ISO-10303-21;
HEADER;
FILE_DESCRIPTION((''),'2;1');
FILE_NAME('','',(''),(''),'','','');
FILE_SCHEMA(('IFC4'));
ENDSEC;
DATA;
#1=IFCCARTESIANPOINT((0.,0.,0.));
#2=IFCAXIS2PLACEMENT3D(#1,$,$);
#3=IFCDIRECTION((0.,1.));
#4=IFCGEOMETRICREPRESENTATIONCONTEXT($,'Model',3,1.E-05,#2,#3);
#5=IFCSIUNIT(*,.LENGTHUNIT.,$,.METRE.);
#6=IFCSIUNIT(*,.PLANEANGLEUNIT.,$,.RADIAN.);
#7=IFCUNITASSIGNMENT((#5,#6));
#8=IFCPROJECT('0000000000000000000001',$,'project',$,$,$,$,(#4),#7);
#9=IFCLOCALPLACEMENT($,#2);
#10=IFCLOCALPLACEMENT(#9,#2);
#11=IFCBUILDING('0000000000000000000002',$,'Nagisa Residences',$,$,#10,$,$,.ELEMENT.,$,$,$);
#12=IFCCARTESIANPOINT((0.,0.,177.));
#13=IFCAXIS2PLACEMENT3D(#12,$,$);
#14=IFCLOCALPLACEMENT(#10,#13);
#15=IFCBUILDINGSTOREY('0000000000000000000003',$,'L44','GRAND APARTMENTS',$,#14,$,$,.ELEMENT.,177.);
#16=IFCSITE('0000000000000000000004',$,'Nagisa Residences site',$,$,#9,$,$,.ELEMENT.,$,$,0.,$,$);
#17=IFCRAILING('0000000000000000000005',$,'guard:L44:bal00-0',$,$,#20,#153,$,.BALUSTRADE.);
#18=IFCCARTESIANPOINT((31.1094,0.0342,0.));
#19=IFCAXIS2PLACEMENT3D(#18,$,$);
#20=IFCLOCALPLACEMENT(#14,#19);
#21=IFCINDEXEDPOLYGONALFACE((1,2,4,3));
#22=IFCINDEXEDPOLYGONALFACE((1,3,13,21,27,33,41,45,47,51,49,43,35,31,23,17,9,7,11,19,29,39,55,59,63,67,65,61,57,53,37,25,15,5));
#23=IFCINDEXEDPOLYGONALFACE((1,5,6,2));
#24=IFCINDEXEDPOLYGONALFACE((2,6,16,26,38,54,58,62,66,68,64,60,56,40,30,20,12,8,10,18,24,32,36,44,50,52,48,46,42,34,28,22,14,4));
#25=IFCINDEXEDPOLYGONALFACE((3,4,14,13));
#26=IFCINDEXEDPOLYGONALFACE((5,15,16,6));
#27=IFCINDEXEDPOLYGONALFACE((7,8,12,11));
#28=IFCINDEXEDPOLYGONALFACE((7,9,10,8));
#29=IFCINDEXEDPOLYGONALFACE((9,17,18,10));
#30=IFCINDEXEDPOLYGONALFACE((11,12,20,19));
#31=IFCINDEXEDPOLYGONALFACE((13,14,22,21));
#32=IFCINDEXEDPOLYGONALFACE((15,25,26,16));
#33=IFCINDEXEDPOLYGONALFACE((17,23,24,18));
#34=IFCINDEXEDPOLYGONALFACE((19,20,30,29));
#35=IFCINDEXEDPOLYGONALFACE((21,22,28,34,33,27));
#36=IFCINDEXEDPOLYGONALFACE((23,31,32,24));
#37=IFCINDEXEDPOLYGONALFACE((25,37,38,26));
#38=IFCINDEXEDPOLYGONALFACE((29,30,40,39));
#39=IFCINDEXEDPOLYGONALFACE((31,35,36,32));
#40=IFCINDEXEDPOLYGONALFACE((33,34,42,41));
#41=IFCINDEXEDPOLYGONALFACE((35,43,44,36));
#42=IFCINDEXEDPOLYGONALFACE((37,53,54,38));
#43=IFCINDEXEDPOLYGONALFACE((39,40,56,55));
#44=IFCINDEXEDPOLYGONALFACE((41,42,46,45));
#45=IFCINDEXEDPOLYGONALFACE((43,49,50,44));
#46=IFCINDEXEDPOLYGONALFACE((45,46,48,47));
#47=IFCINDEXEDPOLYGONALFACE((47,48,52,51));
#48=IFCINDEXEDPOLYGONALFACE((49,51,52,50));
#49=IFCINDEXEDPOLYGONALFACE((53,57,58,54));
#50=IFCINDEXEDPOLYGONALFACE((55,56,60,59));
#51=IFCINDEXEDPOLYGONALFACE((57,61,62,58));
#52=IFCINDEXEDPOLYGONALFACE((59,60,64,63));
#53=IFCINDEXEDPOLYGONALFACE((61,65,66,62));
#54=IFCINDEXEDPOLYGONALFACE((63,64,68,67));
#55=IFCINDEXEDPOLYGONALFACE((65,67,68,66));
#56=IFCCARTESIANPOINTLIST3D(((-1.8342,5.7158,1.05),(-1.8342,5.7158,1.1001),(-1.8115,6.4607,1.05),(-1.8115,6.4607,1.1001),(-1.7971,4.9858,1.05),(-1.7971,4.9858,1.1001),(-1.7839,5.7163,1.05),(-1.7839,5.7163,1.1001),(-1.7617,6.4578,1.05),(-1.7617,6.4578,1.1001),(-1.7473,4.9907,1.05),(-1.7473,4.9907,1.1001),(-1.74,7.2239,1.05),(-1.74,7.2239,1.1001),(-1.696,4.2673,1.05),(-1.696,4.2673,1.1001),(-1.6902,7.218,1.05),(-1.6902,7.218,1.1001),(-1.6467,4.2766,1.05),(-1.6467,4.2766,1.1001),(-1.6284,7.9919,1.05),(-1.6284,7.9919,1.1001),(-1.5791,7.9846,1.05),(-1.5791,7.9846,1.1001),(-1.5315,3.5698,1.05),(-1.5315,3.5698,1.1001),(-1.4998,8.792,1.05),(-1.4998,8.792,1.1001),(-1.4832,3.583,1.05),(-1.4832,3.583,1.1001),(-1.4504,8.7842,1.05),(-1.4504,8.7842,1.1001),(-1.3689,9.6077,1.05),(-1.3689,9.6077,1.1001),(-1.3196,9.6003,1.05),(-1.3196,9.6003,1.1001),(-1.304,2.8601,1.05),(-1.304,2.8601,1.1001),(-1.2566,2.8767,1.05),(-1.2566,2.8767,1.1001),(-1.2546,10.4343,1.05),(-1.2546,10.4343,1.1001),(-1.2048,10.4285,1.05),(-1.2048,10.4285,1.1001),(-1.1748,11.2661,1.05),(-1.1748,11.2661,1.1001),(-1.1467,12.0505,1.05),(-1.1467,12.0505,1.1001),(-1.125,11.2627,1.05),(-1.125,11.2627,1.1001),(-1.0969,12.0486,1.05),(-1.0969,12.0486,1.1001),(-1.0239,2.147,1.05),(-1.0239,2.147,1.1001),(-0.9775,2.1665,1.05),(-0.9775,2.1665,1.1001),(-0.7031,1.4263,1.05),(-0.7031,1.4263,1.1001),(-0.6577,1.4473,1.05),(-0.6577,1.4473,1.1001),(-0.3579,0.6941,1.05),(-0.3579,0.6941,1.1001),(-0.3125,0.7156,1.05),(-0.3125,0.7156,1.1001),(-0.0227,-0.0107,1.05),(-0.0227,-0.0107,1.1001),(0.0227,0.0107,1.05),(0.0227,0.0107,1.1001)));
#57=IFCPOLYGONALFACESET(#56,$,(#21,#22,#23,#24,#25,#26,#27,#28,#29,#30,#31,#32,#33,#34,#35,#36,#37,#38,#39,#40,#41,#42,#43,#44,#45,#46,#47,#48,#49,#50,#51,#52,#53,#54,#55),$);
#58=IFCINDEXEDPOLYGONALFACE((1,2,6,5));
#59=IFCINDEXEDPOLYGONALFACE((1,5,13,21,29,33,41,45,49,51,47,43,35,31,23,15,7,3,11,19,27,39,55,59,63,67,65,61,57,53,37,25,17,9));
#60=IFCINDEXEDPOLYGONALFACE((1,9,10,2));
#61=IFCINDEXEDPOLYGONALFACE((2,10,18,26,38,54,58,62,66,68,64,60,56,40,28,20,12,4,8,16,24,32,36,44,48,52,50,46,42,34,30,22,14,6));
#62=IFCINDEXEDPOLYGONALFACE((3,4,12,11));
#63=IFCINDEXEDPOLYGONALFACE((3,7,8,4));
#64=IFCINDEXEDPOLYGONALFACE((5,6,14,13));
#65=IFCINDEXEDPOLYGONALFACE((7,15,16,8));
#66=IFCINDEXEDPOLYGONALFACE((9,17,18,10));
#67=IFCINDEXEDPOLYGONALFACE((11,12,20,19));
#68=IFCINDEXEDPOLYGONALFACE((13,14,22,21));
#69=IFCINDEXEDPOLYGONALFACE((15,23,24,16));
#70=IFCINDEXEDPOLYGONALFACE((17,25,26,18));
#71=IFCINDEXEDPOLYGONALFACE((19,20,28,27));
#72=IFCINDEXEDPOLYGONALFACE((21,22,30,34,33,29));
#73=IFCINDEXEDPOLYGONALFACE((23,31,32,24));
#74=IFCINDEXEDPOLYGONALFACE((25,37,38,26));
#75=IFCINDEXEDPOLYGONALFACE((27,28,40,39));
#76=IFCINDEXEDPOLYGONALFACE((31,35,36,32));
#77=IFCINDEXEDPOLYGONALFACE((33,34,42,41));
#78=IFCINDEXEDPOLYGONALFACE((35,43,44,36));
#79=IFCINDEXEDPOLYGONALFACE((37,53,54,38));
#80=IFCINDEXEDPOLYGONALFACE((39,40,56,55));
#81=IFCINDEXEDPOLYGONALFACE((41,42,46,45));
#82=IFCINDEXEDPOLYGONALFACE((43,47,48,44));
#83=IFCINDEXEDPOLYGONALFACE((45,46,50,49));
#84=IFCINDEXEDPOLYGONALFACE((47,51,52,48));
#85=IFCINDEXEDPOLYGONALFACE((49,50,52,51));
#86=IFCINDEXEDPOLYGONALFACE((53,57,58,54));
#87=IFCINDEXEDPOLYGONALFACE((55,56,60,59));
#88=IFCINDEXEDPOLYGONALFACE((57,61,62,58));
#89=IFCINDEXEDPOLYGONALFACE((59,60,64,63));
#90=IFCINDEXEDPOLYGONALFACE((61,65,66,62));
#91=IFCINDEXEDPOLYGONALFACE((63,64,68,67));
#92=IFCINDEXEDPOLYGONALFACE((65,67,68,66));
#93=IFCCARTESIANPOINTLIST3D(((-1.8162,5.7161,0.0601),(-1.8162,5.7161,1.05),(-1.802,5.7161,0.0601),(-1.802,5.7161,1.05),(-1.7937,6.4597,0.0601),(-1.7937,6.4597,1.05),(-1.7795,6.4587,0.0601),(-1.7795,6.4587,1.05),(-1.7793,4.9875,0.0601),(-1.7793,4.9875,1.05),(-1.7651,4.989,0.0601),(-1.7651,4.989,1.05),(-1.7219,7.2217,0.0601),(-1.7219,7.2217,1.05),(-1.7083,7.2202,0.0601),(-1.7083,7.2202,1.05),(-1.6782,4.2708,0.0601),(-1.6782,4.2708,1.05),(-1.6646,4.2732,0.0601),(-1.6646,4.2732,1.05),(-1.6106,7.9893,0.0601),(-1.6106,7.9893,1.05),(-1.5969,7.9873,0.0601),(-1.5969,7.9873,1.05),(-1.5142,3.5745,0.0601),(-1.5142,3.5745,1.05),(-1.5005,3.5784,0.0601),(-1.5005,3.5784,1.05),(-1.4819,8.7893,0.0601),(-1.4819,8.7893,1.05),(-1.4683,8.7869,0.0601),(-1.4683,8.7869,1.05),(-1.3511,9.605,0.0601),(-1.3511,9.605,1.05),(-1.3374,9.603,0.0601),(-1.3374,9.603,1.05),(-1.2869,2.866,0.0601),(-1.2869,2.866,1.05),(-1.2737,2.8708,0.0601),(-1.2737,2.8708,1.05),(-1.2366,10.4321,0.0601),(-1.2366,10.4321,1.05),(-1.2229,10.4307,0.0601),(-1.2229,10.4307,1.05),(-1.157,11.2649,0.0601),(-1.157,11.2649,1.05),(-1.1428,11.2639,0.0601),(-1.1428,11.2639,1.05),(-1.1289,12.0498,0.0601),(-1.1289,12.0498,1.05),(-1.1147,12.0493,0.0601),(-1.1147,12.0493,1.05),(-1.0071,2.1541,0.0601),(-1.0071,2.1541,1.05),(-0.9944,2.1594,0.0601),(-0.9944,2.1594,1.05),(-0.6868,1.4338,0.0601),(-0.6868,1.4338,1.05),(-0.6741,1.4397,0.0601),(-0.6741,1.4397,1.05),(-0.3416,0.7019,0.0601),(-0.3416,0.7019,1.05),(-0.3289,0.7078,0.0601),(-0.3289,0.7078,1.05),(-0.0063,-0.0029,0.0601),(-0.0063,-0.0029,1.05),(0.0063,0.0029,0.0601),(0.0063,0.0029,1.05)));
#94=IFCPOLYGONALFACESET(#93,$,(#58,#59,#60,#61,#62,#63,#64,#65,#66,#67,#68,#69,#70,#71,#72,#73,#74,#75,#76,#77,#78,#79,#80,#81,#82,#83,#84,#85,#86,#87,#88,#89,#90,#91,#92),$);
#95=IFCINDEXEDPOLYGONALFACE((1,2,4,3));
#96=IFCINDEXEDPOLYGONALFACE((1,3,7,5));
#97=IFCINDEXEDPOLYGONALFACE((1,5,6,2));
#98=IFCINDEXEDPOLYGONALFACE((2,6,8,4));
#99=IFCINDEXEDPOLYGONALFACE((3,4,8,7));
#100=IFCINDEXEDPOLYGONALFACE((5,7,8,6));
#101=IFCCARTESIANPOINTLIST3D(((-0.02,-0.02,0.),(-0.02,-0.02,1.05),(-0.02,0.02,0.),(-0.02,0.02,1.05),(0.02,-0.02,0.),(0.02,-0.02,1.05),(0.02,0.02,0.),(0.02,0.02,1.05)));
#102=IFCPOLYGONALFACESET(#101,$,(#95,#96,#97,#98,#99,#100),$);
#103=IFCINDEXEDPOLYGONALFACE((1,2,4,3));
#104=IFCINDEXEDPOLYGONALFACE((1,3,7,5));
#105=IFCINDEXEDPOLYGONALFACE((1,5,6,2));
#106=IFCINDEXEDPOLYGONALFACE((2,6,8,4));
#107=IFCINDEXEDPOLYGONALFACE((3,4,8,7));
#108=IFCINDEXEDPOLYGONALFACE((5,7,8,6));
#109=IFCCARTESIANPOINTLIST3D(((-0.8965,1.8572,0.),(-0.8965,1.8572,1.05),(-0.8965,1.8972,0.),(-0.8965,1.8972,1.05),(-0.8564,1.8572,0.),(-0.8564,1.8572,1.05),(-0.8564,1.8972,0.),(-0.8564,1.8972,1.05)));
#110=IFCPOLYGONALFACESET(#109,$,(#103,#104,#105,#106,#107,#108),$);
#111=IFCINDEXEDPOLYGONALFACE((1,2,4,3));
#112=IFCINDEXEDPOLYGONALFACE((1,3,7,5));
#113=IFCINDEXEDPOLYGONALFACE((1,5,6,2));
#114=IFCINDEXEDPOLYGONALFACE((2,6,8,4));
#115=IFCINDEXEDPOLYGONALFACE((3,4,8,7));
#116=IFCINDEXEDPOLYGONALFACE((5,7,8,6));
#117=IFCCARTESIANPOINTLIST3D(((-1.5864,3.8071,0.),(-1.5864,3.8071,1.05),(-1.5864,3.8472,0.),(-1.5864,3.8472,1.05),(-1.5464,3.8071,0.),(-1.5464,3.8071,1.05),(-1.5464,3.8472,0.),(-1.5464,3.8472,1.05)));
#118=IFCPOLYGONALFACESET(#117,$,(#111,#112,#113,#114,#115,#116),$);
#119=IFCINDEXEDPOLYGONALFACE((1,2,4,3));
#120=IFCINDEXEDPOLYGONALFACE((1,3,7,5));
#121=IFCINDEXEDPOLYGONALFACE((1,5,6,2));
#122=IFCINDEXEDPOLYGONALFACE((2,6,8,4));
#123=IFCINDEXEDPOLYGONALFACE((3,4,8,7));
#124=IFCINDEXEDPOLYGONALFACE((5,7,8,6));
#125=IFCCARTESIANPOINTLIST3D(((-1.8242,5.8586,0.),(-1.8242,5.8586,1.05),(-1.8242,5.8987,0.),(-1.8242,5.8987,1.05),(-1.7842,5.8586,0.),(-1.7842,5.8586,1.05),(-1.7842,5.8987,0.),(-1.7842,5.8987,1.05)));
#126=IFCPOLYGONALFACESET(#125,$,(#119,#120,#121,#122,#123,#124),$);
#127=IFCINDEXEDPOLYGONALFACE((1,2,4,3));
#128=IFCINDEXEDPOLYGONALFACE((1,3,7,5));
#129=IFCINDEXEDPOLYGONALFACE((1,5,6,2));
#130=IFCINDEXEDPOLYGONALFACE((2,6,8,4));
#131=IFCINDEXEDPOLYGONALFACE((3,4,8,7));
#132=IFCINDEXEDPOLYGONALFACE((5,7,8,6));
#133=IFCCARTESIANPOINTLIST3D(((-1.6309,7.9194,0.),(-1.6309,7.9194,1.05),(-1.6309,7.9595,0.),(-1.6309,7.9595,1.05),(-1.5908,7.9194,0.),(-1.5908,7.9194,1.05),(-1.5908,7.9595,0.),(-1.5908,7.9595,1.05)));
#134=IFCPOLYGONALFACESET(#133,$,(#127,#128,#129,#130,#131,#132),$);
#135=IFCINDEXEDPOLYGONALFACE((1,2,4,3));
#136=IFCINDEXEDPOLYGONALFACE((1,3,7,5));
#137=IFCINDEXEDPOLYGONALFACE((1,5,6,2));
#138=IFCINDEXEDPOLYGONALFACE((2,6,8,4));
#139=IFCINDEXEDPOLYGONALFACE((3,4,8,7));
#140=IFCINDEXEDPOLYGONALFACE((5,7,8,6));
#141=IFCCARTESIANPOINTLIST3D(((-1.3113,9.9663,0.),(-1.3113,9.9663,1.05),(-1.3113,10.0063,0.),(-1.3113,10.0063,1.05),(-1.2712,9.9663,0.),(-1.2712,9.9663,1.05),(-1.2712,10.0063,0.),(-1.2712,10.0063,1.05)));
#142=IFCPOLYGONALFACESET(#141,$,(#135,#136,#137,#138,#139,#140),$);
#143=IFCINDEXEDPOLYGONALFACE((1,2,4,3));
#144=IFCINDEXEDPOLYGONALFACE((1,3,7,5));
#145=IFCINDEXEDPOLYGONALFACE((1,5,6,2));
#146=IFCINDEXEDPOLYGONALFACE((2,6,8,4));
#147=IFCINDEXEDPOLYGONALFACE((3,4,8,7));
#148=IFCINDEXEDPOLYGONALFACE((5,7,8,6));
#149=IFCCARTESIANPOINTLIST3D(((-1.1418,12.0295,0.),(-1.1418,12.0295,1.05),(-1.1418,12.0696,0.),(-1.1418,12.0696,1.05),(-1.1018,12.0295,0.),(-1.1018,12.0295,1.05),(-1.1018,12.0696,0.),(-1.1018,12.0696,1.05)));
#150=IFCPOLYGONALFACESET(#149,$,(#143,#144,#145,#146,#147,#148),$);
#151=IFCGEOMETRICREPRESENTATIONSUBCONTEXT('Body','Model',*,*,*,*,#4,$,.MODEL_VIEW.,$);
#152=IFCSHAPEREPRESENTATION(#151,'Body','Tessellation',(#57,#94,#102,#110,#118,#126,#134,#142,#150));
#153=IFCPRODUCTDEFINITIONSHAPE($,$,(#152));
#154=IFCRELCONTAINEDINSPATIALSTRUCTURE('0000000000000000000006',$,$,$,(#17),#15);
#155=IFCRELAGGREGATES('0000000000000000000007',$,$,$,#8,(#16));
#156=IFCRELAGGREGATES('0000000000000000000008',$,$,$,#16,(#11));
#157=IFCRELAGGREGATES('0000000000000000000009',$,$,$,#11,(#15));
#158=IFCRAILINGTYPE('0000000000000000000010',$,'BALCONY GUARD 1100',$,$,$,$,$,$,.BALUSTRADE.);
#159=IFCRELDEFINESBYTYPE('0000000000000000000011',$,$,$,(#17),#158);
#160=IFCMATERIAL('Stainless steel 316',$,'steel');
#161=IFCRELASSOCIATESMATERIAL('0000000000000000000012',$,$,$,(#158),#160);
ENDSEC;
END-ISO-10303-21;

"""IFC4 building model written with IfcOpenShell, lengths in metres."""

from ifc_helpers import new_model, si_unit, direction, frame, origin, origin_2d, place, context, subcontext, project, spatial, polyline, rectangle, outline, extrude, material, type_object, element, save


model = new_model("IFC4")

# Units and contexts
model_context = context("Model", 3, precision=1e-05, world=origin(), true_north=direction((0.0, 1.0)))
body_context = subcontext(model_context, "Body", "Model", "MODEL_VIEW")
ifc_project = project(units=[si_unit("LENGTHUNIT", "METRE"), si_unit("PLANEANGLEUNIT", "RADIAN")], contexts=[model_context])

# Site, building, storey
site_placement = place(None, origin())
site = spatial("IfcSite", under=ifc_project, at=site_placement, Name="Nagisa Residences site", CompositionType="ELEMENT", RefElevation=0.0)
building_placement = place(site_placement, origin())
building = spatial("IfcBuilding", under=site, at=building_placement, Name="Nagisa Residences", CompositionType="ELEMENT")
storey_placement = place(building_placement, frame((0.0, 0.0, 177.0)))
storey = spatial("IfcBuildingStorey", under=building, at=storey_placement, Name="L44", Description="GRAND APARTMENTS", CompositionType="ELEMENT", Elevation=177.0)

# Railing
ifc_material_1 = material(Name="Stainless steel 316", Category="steel")
railing_type = type_object("IfcRailingType", Name="BALCONY GUARD 1100", PredefinedType="BALUSTRADE", material=ifc_material_1)
railing_1_placement = place(storey_placement, frame((31.1094, 0.0342, 0.0)))
element("IfcRailing", 1, at=railing_1_placement, inside=storey, type_object=railing_type, Name="guard:L44:bal00-0", PredefinedType="BALUSTRADE", context=body_context, shape_type="SweptSolid", body=[
    extrude(outline(polyline([(-0.3579, 0.6941), (-0.0227, -0.0107), (0.0227, 0.0107), (-0.3125, 0.7156), (-0.6577, 1.4473), (-0.9775, 2.1665), (-1.2566, 2.8767), (-1.4832, 3.583), (-1.6467, 4.2766), (-1.7473, 4.9907), (-1.7839, 5.7163), (-1.7617, 6.4578), (-1.6902, 7.218), (-1.5791, 7.9846), (-1.4504, 8.7842), (-1.3196, 9.6003), (-1.2048, 10.4285), (-1.125, 11.2627), (-1.0969, 12.0486), (-1.1467, 12.0505), (-1.1748, 11.2661), (-1.2546, 10.4343), (-1.3689, 9.6077), (-1.4998, 8.792), (-1.6284, 7.9919), (-1.74, 7.2239), (-1.8115, 6.4607), (-1.8342, 5.7158), (-1.7971, 4.9858), (-1.696, 4.2673), (-1.5315, 3.5698), (-1.304, 2.8601), (-1.0239, 2.147), (-0.7031, 1.4263), (-0.3579, 0.6941)])), frame((0.0, 0.0, 1.05)), (0.0, 0.0, 1.0), 0.05),
    extrude(outline(polyline([(-0.3416, 0.7019), (-0.0063, -0.0029), (0.0063, 0.0029), (-0.3289, 0.7078), (-0.6741, 1.4397), (-0.9944, 2.1594), (-1.2737, 2.8708), (-1.5005, 3.5784), (-1.6646, 4.2732), (-1.7651, 4.989), (-1.802, 5.7161), (-1.7795, 6.4587), (-1.7083, 7.2202), (-1.5969, 7.9873), (-1.4683, 8.7869), (-1.3374, 9.603), (-1.2229, 10.4307), (-1.1428, 11.2639), (-1.1147, 12.0493), (-1.1289, 12.0498), (-1.157, 11.2649), (-1.2366, 10.4321), (-1.3511, 9.605), (-1.4819, 8.7893), (-1.6106, 7.9893), (-1.7219, 7.2217), (-1.7937, 6.4597), (-1.8162, 5.7161), (-1.7793, 4.9875), (-1.6782, 4.2708), (-1.5142, 3.5745), (-1.2869, 2.866), (-1.0071, 2.1541), (-0.6868, 1.4338), (-0.3416, 0.7019)])), frame((0.0, 0.0, 0.0601)), (0.0, 0.0, 1.0), 0.99),
    extrude(rectangle(XDim=0.04, YDim=0.04, at=origin_2d()), origin(), (0.0, 0.0, 1.0), 1.05),
    extrude(rectangle(XDim=0.04, YDim=0.04, at=origin_2d()), frame((-0.8765, 1.8772, 0.0)), (0.0, 0.0, 1.0), 1.05),
    extrude(rectangle(XDim=0.04, YDim=0.04, at=origin_2d()), frame((-1.5664, 3.8271, 0.0)), (0.0, 0.0, 1.0), 1.05),
    extrude(rectangle(XDim=0.04, YDim=0.04, at=origin_2d()), frame((-1.8042, 5.8787, 0.0)), (0.0, 0.0, 1.0), 1.05),
    extrude(rectangle(XDim=0.04, YDim=0.04, at=origin_2d()), frame((-1.6108, 7.9395, 0.0)), (0.0, 0.0, 1.0), 1.05),
    extrude(rectangle(XDim=0.04, YDim=0.04, at=origin_2d()), frame((-1.2913, 9.9863, 0.0)), (0.0, 0.0, 1.0), 1.05),
    extrude(rectangle(XDim=0.04, YDim=0.04, at=origin_2d()), frame((-1.1218, 12.0496, 0.0)), (0.0, 0.0, 1.0), 1.05),
])

save(model, "model.ifc")
